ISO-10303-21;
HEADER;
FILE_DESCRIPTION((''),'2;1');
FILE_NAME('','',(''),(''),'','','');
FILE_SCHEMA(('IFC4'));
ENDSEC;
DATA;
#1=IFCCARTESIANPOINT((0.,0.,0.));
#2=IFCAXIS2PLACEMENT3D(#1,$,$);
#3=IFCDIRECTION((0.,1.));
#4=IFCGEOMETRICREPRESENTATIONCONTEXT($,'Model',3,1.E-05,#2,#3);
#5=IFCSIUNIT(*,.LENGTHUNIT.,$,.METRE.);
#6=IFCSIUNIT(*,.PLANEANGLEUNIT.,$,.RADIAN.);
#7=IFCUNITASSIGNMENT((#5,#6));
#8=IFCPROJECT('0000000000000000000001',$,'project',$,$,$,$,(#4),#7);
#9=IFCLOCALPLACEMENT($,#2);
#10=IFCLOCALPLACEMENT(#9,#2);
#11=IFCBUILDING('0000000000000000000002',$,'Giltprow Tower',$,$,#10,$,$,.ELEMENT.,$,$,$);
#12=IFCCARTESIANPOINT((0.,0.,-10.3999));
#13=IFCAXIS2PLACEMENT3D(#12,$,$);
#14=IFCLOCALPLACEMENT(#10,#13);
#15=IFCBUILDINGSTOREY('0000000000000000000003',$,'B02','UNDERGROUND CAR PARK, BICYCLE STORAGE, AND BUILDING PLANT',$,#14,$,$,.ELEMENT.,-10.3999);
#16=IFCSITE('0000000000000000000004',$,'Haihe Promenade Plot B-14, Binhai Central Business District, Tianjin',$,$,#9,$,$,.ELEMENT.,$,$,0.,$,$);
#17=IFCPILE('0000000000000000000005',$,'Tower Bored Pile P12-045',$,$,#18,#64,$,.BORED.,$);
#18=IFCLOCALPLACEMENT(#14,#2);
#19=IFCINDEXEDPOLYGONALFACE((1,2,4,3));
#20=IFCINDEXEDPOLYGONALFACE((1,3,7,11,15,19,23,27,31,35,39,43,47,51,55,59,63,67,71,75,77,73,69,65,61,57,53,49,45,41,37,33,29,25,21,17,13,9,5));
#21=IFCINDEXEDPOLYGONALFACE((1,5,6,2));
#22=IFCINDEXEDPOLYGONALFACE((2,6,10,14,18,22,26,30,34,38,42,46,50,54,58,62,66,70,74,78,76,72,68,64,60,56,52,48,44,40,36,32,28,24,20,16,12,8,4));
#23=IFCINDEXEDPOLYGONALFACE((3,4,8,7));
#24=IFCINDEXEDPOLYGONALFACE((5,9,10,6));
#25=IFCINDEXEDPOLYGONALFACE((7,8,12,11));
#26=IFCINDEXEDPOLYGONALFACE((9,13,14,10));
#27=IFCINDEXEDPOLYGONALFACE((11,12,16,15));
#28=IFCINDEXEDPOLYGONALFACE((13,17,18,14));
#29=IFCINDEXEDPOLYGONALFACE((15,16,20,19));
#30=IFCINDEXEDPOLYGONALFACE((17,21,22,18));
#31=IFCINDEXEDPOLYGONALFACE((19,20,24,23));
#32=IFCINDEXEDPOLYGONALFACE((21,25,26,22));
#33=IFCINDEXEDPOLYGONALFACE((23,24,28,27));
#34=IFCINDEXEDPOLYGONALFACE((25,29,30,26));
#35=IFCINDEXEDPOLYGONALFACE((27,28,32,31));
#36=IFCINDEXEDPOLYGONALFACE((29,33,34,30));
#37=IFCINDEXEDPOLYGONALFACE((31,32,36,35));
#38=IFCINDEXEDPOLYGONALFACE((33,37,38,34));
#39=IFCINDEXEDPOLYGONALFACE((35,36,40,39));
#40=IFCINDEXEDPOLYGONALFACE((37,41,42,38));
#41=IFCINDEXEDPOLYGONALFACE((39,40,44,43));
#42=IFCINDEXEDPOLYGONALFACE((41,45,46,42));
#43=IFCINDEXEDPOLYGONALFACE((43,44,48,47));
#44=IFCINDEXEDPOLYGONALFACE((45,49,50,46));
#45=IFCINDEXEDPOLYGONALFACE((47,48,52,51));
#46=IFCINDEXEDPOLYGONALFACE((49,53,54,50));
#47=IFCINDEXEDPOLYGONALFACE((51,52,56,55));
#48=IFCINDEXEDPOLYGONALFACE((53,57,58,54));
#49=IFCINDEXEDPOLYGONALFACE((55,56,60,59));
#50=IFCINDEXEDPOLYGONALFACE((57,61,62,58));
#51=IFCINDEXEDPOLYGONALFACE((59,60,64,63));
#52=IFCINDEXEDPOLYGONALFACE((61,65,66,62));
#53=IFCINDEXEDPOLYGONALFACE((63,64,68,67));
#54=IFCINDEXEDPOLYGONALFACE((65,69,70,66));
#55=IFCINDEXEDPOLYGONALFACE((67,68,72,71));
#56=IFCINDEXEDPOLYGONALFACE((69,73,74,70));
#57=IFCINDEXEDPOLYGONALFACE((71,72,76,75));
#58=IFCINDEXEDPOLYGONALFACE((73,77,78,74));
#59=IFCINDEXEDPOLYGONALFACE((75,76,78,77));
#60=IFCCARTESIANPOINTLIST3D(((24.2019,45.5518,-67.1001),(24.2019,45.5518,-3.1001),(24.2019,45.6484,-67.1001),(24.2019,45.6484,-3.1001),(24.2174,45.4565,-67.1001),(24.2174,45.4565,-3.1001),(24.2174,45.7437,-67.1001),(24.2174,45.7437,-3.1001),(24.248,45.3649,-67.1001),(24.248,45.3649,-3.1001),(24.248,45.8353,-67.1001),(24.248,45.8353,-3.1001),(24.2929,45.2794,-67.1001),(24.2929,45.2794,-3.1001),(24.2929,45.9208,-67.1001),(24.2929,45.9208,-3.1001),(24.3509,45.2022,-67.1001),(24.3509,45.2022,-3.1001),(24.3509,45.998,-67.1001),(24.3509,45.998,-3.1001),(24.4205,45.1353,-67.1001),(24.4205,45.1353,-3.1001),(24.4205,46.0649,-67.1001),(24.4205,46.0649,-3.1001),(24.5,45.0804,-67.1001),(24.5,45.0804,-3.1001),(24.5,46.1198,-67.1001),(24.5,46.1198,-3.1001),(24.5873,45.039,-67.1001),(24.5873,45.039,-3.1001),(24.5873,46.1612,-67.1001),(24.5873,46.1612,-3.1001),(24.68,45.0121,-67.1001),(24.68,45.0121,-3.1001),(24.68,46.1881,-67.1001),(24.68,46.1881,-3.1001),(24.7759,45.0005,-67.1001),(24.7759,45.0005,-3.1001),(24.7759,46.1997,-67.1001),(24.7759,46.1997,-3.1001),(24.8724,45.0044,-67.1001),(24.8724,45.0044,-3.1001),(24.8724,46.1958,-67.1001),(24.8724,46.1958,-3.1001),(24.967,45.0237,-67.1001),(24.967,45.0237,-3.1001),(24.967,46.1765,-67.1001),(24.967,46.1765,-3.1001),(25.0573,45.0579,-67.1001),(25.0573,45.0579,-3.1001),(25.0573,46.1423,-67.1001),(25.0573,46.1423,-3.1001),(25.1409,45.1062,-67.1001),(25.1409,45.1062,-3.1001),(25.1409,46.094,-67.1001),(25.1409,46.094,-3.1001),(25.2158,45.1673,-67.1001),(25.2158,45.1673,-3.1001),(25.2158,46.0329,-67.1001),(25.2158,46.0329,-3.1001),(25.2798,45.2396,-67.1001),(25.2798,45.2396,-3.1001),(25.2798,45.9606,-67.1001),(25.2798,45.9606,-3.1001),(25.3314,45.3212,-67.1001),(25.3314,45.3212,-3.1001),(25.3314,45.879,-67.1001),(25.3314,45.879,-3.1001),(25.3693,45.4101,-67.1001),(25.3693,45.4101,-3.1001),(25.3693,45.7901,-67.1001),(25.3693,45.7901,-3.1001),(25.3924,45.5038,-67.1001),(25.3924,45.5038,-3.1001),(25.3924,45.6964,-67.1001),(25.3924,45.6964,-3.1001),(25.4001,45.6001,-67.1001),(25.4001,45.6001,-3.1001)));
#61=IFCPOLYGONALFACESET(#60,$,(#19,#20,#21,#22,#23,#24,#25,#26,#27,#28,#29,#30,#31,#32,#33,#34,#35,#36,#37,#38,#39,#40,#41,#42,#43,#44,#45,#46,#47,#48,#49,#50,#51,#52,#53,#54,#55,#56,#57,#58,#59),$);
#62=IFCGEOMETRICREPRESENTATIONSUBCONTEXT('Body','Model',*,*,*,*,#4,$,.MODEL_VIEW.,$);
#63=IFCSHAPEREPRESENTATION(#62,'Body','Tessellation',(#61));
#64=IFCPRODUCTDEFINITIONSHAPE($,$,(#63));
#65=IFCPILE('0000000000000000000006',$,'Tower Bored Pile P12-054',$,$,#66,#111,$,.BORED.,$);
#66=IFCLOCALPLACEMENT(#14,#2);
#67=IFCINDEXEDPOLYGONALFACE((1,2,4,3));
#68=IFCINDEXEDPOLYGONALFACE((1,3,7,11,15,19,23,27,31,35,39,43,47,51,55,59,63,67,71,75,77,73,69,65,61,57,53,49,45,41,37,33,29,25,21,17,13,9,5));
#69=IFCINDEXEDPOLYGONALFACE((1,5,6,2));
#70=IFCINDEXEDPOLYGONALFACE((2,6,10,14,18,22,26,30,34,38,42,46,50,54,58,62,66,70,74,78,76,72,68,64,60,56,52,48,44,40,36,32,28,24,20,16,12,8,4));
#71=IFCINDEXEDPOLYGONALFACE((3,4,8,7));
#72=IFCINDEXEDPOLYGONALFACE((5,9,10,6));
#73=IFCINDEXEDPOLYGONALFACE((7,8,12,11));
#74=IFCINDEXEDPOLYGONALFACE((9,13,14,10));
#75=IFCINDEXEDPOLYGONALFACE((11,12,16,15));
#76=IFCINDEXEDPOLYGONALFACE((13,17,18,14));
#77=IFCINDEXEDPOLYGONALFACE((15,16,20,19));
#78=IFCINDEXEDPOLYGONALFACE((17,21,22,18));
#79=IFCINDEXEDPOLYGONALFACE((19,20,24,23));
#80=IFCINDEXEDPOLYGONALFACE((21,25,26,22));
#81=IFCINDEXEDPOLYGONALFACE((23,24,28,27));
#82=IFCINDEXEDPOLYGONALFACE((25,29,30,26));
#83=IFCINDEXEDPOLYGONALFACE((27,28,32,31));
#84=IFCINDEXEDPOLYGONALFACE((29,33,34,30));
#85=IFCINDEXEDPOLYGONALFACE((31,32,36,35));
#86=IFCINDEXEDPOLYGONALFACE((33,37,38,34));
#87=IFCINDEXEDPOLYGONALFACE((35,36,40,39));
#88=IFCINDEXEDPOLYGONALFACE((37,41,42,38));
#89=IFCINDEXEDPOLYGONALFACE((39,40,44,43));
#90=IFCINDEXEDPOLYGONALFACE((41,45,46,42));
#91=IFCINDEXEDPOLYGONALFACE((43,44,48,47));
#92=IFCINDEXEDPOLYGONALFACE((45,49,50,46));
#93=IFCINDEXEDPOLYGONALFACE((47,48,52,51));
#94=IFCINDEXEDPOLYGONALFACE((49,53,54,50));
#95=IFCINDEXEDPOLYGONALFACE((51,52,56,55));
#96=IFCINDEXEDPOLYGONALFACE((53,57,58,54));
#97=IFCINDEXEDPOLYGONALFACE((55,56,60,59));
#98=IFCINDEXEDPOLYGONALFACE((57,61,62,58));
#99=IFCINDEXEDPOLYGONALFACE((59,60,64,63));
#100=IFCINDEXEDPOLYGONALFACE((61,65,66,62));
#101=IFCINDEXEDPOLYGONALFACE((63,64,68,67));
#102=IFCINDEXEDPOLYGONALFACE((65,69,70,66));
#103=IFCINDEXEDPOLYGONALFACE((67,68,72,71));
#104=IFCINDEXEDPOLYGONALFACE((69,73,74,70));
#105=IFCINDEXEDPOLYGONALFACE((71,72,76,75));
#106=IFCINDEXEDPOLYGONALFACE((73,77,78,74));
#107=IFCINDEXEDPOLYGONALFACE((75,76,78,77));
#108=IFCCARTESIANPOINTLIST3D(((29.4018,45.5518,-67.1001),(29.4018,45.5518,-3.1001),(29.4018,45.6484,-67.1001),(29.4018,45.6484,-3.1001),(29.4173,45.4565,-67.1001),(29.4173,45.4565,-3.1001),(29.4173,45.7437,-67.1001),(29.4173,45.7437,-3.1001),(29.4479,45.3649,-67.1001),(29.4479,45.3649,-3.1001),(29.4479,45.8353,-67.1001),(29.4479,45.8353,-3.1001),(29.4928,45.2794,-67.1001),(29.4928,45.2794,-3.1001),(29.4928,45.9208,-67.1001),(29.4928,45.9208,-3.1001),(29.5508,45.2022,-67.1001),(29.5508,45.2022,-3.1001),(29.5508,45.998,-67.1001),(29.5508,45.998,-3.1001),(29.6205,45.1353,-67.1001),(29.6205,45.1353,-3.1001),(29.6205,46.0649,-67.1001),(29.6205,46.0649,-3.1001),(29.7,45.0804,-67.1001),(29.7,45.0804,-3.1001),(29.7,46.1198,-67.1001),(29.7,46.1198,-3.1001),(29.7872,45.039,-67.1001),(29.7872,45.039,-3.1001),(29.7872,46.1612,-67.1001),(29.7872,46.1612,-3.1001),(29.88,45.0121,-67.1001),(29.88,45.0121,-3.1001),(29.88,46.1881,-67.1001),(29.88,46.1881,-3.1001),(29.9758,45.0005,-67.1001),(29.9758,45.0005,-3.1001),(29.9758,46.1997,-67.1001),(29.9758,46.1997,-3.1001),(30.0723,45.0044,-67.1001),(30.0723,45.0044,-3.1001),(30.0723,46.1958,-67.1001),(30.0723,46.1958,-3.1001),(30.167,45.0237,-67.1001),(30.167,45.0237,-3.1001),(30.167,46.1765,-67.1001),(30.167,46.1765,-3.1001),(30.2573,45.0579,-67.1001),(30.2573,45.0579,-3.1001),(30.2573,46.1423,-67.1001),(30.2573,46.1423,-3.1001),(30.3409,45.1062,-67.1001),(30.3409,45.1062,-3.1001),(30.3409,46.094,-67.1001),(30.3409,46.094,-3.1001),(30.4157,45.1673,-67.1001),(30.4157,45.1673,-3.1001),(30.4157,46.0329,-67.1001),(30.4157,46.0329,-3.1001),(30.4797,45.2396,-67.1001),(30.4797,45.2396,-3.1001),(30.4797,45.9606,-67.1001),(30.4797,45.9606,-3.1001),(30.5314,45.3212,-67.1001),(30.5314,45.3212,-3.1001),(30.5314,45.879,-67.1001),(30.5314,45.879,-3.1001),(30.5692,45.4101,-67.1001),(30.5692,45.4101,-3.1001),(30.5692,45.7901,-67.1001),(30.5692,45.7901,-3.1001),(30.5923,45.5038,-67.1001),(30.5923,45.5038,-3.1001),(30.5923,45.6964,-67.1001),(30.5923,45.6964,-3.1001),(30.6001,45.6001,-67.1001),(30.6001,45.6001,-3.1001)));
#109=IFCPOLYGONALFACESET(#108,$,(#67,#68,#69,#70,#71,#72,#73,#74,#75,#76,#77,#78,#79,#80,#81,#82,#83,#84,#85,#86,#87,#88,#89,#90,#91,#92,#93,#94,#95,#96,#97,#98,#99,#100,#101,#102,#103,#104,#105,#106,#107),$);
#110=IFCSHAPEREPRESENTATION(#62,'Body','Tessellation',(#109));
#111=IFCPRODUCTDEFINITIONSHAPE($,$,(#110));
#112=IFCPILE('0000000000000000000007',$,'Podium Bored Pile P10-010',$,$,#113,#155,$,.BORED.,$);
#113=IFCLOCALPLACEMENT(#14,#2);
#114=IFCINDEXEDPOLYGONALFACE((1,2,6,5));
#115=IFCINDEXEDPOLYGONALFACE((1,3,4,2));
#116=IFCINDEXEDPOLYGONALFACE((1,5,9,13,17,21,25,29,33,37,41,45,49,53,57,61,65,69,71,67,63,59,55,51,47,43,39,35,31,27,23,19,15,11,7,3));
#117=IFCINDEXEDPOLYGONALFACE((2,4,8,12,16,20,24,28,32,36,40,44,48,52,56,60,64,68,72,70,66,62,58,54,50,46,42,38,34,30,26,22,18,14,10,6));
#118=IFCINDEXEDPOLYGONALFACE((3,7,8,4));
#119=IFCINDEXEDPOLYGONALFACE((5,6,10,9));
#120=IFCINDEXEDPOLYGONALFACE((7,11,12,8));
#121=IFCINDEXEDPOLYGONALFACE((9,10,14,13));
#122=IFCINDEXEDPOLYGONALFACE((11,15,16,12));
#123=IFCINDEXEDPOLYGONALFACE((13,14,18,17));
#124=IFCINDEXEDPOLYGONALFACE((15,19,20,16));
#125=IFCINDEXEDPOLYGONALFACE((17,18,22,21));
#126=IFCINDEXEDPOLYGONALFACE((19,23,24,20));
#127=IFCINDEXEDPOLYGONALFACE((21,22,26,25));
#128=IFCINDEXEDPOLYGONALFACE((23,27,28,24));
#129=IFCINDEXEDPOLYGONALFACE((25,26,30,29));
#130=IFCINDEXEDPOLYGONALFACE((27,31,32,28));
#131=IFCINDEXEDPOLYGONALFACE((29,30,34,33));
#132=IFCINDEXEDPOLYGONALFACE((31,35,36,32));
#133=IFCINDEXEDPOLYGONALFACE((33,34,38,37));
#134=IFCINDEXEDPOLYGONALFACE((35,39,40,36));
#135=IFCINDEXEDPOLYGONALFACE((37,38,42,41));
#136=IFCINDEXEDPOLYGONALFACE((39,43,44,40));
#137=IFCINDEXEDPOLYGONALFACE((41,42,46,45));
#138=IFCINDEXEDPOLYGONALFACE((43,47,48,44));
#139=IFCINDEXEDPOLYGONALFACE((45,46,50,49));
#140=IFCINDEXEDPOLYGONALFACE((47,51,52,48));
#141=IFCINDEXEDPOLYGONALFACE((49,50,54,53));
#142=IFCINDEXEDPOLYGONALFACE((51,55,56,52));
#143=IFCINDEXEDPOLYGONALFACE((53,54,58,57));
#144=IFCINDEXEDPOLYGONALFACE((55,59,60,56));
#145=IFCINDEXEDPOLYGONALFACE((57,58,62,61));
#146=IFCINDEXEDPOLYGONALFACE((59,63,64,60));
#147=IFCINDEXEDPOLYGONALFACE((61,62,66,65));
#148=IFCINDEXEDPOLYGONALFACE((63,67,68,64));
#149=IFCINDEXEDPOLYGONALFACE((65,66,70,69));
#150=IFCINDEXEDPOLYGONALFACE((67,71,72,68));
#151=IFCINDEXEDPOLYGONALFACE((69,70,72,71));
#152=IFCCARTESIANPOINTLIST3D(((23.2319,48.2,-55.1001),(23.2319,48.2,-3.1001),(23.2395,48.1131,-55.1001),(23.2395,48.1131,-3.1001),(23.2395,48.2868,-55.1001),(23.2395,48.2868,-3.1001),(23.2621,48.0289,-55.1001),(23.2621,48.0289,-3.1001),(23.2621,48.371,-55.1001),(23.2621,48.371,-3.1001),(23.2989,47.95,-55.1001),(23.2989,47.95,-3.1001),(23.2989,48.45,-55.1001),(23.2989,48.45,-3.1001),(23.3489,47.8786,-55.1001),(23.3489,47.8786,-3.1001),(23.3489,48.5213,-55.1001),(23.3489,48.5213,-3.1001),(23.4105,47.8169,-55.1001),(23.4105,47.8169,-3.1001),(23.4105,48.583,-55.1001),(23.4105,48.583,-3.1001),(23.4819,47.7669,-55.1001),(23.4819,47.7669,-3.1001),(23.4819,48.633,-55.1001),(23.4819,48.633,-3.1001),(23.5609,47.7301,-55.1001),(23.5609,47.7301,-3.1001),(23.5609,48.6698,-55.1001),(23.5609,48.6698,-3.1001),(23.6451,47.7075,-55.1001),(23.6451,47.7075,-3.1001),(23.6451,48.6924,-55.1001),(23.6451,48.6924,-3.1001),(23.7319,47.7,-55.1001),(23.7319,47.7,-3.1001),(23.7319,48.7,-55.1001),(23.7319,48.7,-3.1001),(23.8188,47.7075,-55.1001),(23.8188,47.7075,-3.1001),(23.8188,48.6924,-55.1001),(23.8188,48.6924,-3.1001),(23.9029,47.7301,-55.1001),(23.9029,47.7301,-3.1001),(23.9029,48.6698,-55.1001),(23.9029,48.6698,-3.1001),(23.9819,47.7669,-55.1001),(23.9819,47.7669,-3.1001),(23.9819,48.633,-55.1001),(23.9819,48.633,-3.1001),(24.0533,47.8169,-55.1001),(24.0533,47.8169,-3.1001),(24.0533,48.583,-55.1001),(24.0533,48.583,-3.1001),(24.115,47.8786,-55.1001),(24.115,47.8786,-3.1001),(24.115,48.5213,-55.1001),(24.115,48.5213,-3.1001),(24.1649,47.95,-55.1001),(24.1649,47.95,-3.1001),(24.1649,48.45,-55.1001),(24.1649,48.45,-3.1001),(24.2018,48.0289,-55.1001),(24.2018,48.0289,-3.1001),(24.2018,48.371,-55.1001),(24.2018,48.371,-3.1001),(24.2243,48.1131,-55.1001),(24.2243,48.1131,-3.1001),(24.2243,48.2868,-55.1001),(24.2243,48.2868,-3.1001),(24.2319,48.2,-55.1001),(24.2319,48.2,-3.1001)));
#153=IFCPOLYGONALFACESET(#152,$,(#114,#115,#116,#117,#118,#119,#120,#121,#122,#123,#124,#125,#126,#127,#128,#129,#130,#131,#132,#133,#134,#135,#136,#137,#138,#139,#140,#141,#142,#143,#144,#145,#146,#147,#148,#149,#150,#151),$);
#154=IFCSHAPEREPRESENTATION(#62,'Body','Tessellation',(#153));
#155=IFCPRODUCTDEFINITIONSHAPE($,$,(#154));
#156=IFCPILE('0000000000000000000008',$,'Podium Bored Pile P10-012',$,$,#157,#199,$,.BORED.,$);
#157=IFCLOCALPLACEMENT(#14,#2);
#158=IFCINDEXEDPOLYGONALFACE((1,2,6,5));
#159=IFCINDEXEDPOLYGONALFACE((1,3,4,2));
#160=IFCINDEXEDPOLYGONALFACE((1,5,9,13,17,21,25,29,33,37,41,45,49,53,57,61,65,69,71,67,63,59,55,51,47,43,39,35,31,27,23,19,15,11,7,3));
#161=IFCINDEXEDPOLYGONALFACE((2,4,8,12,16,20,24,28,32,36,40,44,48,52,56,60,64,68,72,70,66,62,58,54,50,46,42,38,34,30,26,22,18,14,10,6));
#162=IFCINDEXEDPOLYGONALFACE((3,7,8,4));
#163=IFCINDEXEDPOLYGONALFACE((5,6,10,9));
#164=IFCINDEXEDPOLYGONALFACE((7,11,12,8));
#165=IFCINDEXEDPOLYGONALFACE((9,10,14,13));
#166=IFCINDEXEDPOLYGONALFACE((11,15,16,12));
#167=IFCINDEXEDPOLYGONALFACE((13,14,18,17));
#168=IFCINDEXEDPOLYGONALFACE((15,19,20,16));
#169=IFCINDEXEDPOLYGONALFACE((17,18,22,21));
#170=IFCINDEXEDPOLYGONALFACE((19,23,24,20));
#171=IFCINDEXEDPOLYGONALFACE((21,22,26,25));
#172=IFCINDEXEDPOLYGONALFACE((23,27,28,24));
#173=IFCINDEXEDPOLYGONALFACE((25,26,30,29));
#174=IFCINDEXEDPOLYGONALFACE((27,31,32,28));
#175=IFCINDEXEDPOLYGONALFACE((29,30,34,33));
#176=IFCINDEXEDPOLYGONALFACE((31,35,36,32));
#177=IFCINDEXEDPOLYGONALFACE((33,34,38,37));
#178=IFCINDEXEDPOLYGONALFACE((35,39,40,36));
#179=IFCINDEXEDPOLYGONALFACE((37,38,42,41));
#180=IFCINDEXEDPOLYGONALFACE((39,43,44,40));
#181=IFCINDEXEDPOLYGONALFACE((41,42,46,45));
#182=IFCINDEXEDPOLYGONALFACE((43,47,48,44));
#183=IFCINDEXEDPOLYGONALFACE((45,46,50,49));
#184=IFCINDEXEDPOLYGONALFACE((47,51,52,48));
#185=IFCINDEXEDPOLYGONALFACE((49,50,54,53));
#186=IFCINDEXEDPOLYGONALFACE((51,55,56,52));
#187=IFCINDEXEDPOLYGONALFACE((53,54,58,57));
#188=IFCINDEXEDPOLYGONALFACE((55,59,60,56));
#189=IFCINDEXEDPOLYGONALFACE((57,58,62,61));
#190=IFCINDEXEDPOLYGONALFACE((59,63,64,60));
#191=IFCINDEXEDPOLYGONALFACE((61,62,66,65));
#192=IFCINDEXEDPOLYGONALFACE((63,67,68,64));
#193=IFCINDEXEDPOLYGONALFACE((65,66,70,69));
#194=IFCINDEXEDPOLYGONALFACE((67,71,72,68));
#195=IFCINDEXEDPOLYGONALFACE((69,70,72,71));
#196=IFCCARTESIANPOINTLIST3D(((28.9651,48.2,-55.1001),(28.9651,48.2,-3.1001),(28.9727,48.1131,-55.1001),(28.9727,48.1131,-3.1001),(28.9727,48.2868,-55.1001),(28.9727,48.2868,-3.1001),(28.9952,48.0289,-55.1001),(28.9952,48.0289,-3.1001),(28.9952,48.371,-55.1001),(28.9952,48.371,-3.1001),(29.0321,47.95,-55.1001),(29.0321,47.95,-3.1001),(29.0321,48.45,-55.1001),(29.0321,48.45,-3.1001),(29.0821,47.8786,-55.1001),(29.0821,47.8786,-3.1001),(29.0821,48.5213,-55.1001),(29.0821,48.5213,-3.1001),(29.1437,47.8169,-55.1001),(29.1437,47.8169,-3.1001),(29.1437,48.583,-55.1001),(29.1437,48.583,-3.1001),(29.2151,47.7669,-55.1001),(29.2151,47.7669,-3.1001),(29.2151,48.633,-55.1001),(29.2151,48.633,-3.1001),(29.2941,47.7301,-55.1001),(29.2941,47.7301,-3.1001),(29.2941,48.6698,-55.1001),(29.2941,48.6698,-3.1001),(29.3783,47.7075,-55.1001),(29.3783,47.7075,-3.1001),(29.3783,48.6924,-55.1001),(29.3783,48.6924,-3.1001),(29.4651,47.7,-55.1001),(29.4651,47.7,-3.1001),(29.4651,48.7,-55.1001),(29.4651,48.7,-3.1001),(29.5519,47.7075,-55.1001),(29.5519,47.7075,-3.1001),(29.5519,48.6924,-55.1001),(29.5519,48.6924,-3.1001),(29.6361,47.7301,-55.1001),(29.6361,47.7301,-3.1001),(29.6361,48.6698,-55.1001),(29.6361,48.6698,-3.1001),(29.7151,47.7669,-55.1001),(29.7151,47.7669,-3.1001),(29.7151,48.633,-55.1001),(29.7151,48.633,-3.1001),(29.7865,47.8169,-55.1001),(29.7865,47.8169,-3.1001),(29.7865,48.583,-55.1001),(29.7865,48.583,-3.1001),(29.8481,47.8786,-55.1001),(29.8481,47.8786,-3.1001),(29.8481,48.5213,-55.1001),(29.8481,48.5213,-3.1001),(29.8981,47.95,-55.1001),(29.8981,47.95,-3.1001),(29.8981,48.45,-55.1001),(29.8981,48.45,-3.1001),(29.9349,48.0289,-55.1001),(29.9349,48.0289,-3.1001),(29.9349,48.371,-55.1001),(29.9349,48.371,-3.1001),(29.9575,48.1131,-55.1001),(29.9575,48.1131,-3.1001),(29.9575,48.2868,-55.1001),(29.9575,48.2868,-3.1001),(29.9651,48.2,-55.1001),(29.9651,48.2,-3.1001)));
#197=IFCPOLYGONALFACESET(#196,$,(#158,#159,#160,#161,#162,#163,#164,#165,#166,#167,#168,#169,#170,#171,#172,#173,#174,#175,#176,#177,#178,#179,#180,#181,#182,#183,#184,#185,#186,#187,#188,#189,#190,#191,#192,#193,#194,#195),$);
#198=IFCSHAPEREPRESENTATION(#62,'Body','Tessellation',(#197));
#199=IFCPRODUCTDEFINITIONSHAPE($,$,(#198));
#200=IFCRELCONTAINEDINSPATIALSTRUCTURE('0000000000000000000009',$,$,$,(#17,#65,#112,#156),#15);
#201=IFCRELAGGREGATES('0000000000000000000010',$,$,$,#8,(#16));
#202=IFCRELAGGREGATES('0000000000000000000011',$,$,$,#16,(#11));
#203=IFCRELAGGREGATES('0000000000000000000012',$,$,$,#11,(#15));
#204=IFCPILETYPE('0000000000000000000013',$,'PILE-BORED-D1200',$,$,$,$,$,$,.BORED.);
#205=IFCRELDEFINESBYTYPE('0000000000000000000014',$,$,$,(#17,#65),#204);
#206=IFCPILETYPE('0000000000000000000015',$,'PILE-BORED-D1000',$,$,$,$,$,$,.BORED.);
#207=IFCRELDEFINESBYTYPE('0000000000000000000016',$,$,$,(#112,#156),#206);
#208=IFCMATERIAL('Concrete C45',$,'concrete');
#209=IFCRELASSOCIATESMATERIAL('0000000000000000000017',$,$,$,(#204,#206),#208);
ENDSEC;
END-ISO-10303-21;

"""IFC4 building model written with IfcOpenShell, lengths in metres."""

from ifc_helpers import new_model, si_unit, direction, frame, origin, origin_2d, place, context, subcontext, project, spatial, circle, extrude, source, transform, mapped, material, material_profile, profile_set, type_object, element, save


model = new_model("IFC4")

# Units and contexts
model_context = context("Model", 3, precision=1e-05, world=origin(), true_north=direction((0.0, 1.0)))
body_context = subcontext(model_context, "Body", "Model", "MODEL_VIEW")
ifc_project = project(units=[si_unit("LENGTHUNIT", "METRE"), si_unit("PLANEANGLEUNIT", "RADIAN")], contexts=[model_context])

# Site, building, storey
site_placement = place(None, origin())
site = spatial("IfcSite", under=ifc_project, at=site_placement, Name="Haihe Promenade Plot B-14, Binhai Central Business District, Tianjin", CompositionType="ELEMENT", RefElevation=0.0)
building_placement = place(site_placement, origin())
building = spatial("IfcBuilding", under=site, at=building_placement, Name="Giltprow Tower", CompositionType="ELEMENT")
storey_placement = place(building_placement, frame((0.0, 0.0, -10.3999)))
storey = spatial("IfcBuildingStorey", under=building, at=storey_placement, Name="B02", Description="UNDERGROUND CAR PARK, BICYCLE STORAGE, AND BUILDING PLANT", CompositionType="ELEMENT", Elevation=-10.3999)

# Piles
ifc_material_1 = material(Name="Concrete C45", Category="concrete")
ifc_material_profile_1 = material_profile(ifc_material_1, circle(Radius=0.6001, at=origin_2d()), Name="PILE D1200")
ifc_profile_set_1 = profile_set([ifc_material_profile_1], Name="Concrete C45")
pile_type_1 = type_object("IfcPileType", Name="PILE-BORED-D1200", PredefinedType="BORED", material=ifc_profile_set_1)
shared_shape_1 = source(origin(), body_context, "Body", "SweptSolid", [
    extrude(circle(Radius=0.6001, at=origin_2d()), origin(), (0.0, 0.0, 1.0), 64.0),
])
for number, where, z_axis, x_axis, name in (
    (1, (24.8, 45.6001, -3.1001), (0.0, 0.0, -1.0), (1.0, 0.0, 0.0), "Tower Bored Pile P12-045"),
    (2, (30.0, 45.6001, -3.1001), (0.0, 0.0, -1.0), (1.0, 0.0, 0.0), "Tower Bored Pile P12-054"),
):
    element("IfcPile", number, at=place(storey_placement, frame(where, z_axis=z_axis, x_axis=x_axis)), inside=storey, type_object=pile_type_1, Name=name, PredefinedType="BORED", context=body_context, shape_type="MappedRepresentation", body=[
        mapped(shared_shape_1, transform((0.0, 0.0, 0.0), x_axis=(1.0, 0.0, 0.0), y_axis=(0.0, 1.0, 0.0), z_axis=(0.0, 0.0, 1.0), scale=1.0)),
    ])
ifc_material_profile_2 = material_profile(ifc_material_1, circle(Radius=0.5, at=origin_2d()), Name="PILE D1000")
ifc_profile_set_2 = profile_set([ifc_material_profile_2], Name="Concrete C45")
pile_type_2 = type_object("IfcPileType", Name="PILE-BORED-D1000", PredefinedType="BORED", material=ifc_profile_set_2)
shared_shape_2 = source(origin(), body_context, "Body", "SweptSolid", [
    extrude(circle(Radius=0.5, at=origin_2d()), origin(), (0.0, 0.0, 1.0), 52.0),
])
for number, where, z_axis, x_axis, name in (
    (3, (23.7319, 48.2, -3.1001), (0.0, 0.0, -1.0), (1.0, 0.0, 0.0), "Podium Bored Pile P10-010"),
    (4, (29.4651, 48.2, -3.1001), (0.0, 0.0, -1.0), (1.0, 0.0, 0.0), "Podium Bored Pile P10-012"),
):
    element("IfcPile", number, at=place(storey_placement, frame(where, z_axis=z_axis, x_axis=x_axis)), inside=storey, type_object=pile_type_2, Name=name, PredefinedType="BORED", context=body_context, shape_type="MappedRepresentation", body=[
        mapped(shared_shape_2, transform((0.0, 0.0, 0.0), x_axis=(1.0, 0.0, 0.0), y_axis=(0.0, 1.0, 0.0), z_axis=(0.0, 0.0, 1.0), scale=1.0)),
    ])

save(model, "model.ifc")
